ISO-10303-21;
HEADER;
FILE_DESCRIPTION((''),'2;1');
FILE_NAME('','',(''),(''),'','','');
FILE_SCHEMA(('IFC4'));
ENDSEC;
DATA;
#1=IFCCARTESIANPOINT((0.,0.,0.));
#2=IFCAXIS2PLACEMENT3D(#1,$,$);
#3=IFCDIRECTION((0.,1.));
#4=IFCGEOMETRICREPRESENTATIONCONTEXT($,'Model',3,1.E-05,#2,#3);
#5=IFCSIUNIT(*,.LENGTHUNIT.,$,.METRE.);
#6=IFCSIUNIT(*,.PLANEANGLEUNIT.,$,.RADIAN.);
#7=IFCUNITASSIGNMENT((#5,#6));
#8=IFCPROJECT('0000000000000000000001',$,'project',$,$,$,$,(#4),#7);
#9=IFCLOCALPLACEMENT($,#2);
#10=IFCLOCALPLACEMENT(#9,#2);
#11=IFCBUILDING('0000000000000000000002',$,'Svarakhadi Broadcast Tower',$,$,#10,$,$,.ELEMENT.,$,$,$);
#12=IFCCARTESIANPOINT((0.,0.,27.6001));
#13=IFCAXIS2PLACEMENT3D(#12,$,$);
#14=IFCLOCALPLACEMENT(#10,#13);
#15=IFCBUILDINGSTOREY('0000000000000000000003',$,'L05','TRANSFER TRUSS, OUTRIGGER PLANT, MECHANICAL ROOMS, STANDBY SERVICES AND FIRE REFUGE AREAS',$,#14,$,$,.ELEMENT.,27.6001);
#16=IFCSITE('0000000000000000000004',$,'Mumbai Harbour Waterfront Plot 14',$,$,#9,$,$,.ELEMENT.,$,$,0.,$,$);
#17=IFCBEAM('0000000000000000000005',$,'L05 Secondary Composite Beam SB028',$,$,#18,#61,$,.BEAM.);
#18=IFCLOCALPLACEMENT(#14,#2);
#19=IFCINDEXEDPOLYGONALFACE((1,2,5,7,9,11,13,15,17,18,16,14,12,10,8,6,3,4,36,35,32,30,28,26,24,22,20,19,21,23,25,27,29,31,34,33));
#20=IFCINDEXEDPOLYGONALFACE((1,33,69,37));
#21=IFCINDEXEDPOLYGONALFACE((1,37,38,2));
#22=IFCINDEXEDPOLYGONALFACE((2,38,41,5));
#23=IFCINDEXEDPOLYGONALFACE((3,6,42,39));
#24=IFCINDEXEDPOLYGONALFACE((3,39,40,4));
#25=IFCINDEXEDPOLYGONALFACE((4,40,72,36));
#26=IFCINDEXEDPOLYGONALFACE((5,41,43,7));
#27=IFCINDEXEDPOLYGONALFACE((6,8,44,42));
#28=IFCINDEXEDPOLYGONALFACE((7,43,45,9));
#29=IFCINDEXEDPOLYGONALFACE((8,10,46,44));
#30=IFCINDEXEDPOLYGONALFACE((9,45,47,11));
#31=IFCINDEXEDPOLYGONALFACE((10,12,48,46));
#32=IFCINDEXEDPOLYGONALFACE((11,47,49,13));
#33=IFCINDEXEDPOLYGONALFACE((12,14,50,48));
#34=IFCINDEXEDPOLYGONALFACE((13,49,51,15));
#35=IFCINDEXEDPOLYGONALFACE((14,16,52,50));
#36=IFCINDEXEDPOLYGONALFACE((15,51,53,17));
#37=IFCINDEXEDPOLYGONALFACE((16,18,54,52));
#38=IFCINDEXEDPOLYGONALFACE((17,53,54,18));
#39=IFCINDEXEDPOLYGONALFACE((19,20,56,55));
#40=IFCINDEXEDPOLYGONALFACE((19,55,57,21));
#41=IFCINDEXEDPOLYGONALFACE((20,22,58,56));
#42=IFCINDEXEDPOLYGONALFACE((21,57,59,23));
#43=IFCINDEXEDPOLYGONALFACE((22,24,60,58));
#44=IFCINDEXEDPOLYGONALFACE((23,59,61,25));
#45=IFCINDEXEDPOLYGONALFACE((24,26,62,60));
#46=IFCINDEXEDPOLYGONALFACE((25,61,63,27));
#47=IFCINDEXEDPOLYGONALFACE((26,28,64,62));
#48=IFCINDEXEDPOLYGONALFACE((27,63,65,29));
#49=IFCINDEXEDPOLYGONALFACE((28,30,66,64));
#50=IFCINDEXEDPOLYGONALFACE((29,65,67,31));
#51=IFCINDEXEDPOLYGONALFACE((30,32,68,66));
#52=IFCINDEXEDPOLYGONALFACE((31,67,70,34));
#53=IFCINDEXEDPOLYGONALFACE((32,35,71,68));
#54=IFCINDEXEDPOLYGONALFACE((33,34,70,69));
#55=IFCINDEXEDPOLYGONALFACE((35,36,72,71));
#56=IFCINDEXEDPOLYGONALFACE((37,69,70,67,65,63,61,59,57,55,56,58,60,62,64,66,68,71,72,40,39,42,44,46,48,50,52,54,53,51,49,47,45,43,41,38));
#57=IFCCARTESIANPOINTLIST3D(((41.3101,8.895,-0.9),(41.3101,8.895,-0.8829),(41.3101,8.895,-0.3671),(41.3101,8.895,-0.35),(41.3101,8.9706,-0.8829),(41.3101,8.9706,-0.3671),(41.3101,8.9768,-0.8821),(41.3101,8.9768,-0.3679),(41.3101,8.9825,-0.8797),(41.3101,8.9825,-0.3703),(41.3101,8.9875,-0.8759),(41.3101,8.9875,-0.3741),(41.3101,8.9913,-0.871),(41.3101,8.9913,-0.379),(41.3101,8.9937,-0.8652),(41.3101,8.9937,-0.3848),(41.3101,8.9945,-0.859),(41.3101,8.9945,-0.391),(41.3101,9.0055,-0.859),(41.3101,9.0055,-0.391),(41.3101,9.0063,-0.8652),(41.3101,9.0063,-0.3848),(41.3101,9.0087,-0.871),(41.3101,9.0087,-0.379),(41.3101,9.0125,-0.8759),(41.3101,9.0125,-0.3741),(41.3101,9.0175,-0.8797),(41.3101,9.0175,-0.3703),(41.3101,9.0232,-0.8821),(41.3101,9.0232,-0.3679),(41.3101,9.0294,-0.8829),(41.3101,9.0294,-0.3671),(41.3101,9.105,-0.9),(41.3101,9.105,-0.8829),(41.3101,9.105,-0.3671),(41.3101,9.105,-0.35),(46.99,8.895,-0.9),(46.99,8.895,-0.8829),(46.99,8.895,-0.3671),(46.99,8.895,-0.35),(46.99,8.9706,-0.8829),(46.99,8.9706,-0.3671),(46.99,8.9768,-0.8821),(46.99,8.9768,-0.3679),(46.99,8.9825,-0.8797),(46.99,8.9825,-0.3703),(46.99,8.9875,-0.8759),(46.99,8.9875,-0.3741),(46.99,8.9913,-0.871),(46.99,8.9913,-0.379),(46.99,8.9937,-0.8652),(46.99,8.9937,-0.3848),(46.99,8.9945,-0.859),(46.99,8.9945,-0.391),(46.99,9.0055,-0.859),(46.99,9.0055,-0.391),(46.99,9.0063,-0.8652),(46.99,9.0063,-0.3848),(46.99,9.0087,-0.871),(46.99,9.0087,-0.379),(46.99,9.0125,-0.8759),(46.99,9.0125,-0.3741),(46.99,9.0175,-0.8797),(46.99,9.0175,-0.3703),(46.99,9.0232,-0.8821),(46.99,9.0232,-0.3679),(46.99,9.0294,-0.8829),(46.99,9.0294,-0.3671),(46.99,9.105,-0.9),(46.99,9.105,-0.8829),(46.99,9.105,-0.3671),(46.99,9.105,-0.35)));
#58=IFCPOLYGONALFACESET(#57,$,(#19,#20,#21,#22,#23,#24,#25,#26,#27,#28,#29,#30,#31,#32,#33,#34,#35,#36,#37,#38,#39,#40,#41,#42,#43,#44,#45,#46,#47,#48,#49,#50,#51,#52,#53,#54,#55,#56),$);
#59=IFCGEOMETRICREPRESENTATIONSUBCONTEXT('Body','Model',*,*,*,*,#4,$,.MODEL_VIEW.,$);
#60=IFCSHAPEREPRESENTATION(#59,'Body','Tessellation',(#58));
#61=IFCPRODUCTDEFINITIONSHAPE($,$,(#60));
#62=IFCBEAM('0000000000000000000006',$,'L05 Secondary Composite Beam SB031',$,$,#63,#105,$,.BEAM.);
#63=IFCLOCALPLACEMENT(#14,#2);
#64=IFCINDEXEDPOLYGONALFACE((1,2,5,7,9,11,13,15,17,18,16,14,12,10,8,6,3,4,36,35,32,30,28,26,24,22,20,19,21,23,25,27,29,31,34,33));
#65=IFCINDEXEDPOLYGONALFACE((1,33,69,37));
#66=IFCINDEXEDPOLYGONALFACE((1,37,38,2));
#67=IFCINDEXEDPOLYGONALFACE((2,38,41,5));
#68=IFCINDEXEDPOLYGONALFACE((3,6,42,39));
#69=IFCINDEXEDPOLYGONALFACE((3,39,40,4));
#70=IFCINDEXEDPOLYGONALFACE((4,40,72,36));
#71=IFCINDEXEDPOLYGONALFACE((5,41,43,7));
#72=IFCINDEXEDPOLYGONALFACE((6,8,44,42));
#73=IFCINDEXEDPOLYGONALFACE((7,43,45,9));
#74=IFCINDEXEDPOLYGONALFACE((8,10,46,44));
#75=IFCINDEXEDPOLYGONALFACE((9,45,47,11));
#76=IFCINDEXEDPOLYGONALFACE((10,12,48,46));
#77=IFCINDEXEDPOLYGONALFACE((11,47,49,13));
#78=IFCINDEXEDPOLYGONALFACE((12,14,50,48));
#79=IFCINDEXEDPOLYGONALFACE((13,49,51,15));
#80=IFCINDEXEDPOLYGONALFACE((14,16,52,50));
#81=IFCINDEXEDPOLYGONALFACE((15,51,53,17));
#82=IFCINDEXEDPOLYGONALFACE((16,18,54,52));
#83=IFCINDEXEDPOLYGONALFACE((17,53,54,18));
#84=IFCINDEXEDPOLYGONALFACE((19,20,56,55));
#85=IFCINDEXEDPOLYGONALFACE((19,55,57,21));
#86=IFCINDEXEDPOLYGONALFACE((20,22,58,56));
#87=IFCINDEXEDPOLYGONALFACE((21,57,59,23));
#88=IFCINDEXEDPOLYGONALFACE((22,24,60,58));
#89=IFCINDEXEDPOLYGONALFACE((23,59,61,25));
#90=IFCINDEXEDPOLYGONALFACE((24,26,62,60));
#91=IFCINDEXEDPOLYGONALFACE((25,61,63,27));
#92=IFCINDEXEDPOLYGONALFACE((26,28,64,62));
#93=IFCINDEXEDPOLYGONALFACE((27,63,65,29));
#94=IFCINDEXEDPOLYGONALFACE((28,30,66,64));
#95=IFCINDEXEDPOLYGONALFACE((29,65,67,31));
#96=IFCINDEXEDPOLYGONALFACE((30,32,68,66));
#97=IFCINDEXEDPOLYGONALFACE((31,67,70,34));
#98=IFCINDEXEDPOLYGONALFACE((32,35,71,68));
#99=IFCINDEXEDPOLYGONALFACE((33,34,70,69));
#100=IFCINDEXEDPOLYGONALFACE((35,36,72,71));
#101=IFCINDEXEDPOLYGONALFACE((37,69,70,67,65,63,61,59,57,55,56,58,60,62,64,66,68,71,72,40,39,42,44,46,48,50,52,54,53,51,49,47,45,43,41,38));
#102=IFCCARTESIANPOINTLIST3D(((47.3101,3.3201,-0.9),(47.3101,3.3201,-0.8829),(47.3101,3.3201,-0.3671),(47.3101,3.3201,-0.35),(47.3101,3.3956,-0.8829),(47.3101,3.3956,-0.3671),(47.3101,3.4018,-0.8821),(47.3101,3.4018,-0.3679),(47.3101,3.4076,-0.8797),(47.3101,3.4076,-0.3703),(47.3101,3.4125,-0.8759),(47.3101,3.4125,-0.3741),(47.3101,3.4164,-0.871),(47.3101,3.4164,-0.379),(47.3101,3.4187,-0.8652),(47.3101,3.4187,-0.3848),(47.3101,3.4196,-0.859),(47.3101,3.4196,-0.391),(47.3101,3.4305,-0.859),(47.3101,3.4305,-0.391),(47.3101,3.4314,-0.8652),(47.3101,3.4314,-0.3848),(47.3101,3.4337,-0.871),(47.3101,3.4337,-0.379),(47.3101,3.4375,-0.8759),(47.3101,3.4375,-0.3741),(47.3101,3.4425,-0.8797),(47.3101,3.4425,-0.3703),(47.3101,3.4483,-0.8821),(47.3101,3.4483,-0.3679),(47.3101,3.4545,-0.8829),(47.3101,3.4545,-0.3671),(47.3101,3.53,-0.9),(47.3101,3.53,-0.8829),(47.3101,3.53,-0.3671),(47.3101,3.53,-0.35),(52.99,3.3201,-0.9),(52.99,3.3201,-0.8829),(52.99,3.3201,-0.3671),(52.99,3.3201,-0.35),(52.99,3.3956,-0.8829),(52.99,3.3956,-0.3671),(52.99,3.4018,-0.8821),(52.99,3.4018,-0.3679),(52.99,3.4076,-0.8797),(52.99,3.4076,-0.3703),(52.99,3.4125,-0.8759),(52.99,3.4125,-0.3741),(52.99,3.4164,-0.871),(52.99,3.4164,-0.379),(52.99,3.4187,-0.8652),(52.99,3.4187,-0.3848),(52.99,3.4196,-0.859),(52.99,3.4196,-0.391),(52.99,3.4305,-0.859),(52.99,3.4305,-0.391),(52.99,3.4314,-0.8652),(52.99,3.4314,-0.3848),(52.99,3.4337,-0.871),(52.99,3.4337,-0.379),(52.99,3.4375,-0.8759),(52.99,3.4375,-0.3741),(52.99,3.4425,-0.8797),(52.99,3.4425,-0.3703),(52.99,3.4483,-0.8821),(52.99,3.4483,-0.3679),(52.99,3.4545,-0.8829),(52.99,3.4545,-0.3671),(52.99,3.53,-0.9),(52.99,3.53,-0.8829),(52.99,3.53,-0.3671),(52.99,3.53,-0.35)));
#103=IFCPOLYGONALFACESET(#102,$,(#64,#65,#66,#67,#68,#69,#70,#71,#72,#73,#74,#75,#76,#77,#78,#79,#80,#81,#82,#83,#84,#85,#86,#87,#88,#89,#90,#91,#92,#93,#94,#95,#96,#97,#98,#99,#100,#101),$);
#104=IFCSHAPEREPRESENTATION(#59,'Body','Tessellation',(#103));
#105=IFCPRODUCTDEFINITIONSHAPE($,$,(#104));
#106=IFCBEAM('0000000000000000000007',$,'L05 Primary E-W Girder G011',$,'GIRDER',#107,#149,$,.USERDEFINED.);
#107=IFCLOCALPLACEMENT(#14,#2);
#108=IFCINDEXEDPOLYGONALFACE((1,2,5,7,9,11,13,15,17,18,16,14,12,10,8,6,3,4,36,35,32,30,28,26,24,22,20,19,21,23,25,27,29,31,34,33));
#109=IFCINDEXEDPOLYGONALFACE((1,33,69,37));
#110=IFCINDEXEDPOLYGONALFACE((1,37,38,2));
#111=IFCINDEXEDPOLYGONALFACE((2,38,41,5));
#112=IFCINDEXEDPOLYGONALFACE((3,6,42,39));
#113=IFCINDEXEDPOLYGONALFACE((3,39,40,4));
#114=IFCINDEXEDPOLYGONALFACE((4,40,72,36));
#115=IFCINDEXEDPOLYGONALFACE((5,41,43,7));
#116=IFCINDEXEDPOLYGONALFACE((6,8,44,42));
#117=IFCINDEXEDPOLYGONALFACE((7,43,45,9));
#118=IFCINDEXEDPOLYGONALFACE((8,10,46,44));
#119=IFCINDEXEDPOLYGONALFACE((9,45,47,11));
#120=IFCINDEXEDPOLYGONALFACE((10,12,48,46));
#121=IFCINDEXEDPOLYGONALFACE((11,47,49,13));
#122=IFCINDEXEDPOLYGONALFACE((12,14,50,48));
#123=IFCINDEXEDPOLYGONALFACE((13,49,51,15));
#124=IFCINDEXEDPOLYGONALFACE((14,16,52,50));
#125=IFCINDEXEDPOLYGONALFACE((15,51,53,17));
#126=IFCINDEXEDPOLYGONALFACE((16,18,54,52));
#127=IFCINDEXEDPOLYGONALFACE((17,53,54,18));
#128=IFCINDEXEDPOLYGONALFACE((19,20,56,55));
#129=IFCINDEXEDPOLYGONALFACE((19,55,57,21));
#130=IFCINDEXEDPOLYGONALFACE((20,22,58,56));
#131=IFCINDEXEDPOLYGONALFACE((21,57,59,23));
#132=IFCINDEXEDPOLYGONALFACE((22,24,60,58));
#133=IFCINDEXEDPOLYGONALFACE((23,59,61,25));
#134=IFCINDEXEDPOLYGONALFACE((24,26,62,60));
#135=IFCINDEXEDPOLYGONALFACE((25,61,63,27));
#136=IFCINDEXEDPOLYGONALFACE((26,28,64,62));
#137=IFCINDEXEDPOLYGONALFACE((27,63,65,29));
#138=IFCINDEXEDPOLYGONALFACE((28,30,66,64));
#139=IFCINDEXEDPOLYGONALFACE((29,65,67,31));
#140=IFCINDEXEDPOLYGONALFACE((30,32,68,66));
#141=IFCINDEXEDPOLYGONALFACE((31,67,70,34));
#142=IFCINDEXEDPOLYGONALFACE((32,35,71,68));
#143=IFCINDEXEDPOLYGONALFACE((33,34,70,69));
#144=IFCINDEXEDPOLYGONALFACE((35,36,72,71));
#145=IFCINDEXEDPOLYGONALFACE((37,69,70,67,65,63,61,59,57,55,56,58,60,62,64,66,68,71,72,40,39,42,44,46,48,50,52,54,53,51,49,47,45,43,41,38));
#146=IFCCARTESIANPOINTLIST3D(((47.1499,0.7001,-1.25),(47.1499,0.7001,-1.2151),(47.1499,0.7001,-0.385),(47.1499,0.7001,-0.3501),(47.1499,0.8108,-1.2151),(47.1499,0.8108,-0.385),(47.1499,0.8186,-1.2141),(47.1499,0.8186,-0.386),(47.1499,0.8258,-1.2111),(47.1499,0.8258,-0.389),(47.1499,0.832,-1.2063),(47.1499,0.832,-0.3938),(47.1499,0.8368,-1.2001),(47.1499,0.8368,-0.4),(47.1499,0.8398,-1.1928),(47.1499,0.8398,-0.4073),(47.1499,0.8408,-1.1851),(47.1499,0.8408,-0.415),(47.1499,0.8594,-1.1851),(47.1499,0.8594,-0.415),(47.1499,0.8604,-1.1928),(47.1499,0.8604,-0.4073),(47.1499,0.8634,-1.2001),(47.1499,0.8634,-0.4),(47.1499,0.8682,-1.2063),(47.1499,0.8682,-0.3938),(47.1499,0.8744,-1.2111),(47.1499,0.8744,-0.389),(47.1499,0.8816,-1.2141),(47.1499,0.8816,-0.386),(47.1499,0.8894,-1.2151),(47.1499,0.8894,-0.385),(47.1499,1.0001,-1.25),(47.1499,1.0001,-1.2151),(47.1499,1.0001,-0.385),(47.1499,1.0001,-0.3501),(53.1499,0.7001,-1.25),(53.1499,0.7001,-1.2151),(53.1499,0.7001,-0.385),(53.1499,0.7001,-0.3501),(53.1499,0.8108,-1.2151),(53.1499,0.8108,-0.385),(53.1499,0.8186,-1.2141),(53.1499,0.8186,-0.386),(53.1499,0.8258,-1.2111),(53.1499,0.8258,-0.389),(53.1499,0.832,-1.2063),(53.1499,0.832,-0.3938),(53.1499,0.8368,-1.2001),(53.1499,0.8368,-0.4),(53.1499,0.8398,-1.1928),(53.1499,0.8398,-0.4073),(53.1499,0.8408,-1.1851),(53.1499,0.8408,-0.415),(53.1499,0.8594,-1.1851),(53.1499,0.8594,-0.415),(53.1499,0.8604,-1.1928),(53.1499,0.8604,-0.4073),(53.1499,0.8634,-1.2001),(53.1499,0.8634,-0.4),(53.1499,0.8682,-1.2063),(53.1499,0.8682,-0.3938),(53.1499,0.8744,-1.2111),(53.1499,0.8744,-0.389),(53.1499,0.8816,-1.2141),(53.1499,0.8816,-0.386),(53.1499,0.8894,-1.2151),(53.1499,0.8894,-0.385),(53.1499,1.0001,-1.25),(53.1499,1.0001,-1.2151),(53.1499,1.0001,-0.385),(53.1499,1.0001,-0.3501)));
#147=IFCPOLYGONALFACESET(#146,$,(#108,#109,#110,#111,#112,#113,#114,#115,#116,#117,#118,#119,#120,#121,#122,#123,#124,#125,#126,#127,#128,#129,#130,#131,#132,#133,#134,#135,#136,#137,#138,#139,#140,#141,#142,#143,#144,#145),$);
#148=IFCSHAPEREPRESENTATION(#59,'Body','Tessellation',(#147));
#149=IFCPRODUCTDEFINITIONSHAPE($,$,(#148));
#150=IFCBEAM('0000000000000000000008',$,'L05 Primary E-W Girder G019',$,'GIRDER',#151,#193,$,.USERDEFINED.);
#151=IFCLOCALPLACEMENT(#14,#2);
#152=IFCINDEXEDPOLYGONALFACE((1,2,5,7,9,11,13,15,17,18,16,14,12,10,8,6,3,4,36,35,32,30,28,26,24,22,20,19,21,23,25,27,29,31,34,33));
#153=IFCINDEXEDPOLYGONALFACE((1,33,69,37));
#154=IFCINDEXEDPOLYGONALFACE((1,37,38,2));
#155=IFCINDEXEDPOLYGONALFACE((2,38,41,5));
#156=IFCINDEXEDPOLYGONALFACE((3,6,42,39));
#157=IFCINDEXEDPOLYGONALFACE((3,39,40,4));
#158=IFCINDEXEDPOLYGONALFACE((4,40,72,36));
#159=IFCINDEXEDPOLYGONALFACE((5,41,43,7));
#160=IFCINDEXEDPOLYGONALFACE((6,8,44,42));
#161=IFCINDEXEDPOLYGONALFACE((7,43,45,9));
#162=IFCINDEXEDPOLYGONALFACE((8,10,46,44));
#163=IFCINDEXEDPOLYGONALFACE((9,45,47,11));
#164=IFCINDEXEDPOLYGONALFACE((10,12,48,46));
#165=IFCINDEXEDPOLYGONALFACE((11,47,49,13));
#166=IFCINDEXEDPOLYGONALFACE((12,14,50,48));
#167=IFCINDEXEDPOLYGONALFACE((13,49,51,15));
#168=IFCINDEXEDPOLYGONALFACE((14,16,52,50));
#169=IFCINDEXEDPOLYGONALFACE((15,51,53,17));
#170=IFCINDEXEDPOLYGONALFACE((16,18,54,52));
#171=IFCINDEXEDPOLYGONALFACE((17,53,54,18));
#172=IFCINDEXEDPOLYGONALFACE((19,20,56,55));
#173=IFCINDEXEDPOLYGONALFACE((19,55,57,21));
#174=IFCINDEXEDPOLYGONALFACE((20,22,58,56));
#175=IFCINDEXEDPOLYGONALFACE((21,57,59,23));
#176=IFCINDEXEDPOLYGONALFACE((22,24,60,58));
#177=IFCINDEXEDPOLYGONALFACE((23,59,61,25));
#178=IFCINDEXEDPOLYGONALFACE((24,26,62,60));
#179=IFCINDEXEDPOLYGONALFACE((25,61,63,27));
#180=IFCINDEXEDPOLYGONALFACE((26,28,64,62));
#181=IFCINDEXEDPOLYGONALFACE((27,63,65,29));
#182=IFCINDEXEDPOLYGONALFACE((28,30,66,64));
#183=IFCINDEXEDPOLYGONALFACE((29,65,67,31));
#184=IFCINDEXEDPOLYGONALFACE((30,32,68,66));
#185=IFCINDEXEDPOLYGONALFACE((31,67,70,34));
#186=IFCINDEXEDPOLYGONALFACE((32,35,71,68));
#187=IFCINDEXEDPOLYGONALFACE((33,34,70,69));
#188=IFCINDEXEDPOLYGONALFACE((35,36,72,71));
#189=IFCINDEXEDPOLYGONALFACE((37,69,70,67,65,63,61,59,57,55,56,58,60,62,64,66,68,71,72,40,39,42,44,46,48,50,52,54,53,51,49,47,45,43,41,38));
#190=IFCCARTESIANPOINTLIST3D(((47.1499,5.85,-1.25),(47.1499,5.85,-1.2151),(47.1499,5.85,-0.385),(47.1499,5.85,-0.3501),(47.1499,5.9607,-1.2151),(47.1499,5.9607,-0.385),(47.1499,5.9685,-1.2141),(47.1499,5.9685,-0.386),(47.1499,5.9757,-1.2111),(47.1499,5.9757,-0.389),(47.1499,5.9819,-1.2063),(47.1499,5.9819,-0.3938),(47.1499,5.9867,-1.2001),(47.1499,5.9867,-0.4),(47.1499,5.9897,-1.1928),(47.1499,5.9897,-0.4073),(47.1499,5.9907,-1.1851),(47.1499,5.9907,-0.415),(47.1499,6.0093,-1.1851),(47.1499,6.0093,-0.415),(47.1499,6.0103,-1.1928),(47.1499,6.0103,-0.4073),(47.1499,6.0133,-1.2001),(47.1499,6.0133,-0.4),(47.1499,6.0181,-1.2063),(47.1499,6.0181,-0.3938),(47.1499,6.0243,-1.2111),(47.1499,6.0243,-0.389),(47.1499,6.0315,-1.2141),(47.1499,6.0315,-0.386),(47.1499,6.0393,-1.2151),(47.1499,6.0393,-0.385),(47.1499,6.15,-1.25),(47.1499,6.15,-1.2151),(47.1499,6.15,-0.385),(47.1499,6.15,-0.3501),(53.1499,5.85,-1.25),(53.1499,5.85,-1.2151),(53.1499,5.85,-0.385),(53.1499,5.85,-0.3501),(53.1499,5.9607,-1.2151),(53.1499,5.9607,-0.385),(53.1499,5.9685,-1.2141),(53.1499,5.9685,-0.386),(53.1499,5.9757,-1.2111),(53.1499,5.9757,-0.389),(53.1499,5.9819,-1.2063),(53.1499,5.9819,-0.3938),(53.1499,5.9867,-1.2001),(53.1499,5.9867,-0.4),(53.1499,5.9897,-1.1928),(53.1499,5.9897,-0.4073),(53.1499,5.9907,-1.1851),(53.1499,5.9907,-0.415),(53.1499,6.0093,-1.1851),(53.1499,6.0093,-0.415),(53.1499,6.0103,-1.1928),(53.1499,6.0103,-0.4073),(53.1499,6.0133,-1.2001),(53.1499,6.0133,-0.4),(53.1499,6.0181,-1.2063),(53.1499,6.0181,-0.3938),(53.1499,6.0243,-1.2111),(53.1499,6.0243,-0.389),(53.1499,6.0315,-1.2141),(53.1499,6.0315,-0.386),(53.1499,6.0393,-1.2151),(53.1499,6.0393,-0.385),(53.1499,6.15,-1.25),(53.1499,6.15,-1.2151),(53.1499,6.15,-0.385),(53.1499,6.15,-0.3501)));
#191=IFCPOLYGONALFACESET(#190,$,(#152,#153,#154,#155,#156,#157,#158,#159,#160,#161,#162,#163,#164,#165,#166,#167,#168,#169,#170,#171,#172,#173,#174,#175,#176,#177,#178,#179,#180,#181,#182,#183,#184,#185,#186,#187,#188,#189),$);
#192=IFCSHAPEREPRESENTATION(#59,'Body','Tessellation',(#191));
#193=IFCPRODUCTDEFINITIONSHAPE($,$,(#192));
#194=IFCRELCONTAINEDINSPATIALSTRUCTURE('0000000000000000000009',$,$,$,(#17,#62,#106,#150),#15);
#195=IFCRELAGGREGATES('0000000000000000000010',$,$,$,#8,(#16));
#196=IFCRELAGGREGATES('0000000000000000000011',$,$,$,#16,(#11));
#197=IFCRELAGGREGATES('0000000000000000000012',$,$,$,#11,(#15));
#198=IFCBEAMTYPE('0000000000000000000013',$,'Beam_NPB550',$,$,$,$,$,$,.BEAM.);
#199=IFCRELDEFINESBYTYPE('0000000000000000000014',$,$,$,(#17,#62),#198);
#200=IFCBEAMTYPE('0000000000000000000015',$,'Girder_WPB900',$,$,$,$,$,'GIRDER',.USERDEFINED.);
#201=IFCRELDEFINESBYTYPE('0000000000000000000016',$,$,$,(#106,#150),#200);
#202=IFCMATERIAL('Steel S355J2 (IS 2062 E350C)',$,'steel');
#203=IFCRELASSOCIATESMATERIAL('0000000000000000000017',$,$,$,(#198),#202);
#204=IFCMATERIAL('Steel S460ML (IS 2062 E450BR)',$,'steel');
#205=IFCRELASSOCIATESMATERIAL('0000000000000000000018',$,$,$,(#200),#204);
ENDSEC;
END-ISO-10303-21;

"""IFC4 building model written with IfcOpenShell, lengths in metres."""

from ifc_helpers import new_model, si_unit, direction, frame, origin, origin_2d, place, context, subcontext, project, spatial, i_section, extrude, material, material_profile, profile_set, type_object, element, save


model = new_model("IFC4")

# Units and contexts
model_context = context("Model", 3, precision=1e-05, world=origin(), true_north=direction((0.0, 1.0)))
body_context = subcontext(model_context, "Body", "Model", "MODEL_VIEW")
ifc_project = project(units=[si_unit("LENGTHUNIT", "METRE"), si_unit("PLANEANGLEUNIT", "RADIAN")], contexts=[model_context])

# Site, building, storey
site_placement = place(None, origin())
site = spatial("IfcSite", under=ifc_project, at=site_placement, Name="Mumbai Harbour Waterfront Plot 14", CompositionType="ELEMENT", RefElevation=0.0)
building_placement = place(site_placement, origin())
building = spatial("IfcBuilding", under=site, at=building_placement, Name="Svarakhadi Broadcast Tower", CompositionType="ELEMENT")
storey_placement = place(building_placement, frame((0.0, 0.0, 27.6001)))
storey = spatial("IfcBuildingStorey", under=building, at=storey_placement, Name="L05", Description="TRANSFER TRUSS, OUTRIGGER PLANT, MECHANICAL ROOMS, STANDBY SERVICES AND FIRE REFUGE AREAS", CompositionType="ELEMENT", Elevation=27.6001)

# Shared definitions
ifc_material_1 = material(Name="Steel S460ML (IS 2062 E450BR)", Category="steel")

# Beams
ifc_material_2 = material(Name="Steel S355J2 (IS 2062 E350C)", Category="steel")
ifc_material_profile_1 = material_profile(ifc_material_2, i_section(OverallWidth=0.21, OverallDepth=0.55, WebThickness=0.011, FlangeThickness=0.0171, FilletRadius=0.0239, at=origin_2d()), Name="NPB 550x210x106")
ifc_profile_set_1 = profile_set([ifc_material_profile_1], Name="Steel S355J2 (IS 2062 E350C)")
beam_type_1 = type_object("IfcBeamType", Name="Beam_NPB550", PredefinedType="BEAM", material=ifc_profile_set_1)
for number, where, z_axis, x_axis, name in (
    (1, (41.3101, 9.0, -0.625), (1.0, 0.0, 0.0), (0.0, 1.0, 0.0), "L05 Secondary Composite Beam SB028"),
    (2, (47.3101, 3.425, -0.625), (1.0, 0.0, 0.0), (0.0, 1.0, 0.0), "L05 Secondary Composite Beam SB031"),
):
    element("IfcBeam", number, at=place(storey_placement, frame(where, z_axis=z_axis, x_axis=x_axis)), inside=storey, type_object=beam_type_1, Name=name, PredefinedType="BEAM", context=body_context, shape_type="SweptSolid", body=[
        extrude(i_section(OverallWidth=0.21, OverallDepth=0.55, WebThickness=0.011, FlangeThickness=0.0171, FilletRadius=0.0239, at=origin_2d()), origin(), (0.0, 0.0, 1.0), 5.6799),
    ])
ifc_material_profile_2 = material_profile(ifc_material_1, i_section(OverallWidth=0.3, OverallDepth=0.8999, WebThickness=0.0186, FlangeThickness=0.0349, FilletRadius=0.03, at=origin_2d()), Name="WPB 900x300x291")
ifc_profile_set_2 = profile_set([ifc_material_profile_2], Name="Steel S460ML (IS 2062 E450BR)")
beam_type_2 = type_object("IfcBeamType", Name="Girder_WPB900", ElementType="GIRDER", PredefinedType="USERDEFINED", material=ifc_profile_set_2)
for number, where, z_axis, x_axis, name in (
    (3, (47.1499, 0.8501, -0.8), (1.0, 0.0, 0.0), (0.0, 1.0, 0.0), "L05 Primary E-W Girder G011"),
    (4, (47.1499, 6.0, -0.8), (1.0, 0.0, 0.0), (0.0, 1.0, 0.0), "L05 Primary E-W Girder G019"),
):
    element("IfcBeam", number, at=place(storey_placement, frame(where, z_axis=z_axis, x_axis=x_axis)), inside=storey, type_object=beam_type_2, Name=name, ObjectType="GIRDER", PredefinedType="USERDEFINED", context=body_context, shape_type="SweptSolid", body=[
        extrude(i_section(OverallWidth=0.3, OverallDepth=0.8999, WebThickness=0.0186, FlangeThickness=0.0349, FilletRadius=0.03, at=origin_2d()), origin(), (0.0, 0.0, 1.0), 6.0),
    ])

save(model, "model.ifc")
